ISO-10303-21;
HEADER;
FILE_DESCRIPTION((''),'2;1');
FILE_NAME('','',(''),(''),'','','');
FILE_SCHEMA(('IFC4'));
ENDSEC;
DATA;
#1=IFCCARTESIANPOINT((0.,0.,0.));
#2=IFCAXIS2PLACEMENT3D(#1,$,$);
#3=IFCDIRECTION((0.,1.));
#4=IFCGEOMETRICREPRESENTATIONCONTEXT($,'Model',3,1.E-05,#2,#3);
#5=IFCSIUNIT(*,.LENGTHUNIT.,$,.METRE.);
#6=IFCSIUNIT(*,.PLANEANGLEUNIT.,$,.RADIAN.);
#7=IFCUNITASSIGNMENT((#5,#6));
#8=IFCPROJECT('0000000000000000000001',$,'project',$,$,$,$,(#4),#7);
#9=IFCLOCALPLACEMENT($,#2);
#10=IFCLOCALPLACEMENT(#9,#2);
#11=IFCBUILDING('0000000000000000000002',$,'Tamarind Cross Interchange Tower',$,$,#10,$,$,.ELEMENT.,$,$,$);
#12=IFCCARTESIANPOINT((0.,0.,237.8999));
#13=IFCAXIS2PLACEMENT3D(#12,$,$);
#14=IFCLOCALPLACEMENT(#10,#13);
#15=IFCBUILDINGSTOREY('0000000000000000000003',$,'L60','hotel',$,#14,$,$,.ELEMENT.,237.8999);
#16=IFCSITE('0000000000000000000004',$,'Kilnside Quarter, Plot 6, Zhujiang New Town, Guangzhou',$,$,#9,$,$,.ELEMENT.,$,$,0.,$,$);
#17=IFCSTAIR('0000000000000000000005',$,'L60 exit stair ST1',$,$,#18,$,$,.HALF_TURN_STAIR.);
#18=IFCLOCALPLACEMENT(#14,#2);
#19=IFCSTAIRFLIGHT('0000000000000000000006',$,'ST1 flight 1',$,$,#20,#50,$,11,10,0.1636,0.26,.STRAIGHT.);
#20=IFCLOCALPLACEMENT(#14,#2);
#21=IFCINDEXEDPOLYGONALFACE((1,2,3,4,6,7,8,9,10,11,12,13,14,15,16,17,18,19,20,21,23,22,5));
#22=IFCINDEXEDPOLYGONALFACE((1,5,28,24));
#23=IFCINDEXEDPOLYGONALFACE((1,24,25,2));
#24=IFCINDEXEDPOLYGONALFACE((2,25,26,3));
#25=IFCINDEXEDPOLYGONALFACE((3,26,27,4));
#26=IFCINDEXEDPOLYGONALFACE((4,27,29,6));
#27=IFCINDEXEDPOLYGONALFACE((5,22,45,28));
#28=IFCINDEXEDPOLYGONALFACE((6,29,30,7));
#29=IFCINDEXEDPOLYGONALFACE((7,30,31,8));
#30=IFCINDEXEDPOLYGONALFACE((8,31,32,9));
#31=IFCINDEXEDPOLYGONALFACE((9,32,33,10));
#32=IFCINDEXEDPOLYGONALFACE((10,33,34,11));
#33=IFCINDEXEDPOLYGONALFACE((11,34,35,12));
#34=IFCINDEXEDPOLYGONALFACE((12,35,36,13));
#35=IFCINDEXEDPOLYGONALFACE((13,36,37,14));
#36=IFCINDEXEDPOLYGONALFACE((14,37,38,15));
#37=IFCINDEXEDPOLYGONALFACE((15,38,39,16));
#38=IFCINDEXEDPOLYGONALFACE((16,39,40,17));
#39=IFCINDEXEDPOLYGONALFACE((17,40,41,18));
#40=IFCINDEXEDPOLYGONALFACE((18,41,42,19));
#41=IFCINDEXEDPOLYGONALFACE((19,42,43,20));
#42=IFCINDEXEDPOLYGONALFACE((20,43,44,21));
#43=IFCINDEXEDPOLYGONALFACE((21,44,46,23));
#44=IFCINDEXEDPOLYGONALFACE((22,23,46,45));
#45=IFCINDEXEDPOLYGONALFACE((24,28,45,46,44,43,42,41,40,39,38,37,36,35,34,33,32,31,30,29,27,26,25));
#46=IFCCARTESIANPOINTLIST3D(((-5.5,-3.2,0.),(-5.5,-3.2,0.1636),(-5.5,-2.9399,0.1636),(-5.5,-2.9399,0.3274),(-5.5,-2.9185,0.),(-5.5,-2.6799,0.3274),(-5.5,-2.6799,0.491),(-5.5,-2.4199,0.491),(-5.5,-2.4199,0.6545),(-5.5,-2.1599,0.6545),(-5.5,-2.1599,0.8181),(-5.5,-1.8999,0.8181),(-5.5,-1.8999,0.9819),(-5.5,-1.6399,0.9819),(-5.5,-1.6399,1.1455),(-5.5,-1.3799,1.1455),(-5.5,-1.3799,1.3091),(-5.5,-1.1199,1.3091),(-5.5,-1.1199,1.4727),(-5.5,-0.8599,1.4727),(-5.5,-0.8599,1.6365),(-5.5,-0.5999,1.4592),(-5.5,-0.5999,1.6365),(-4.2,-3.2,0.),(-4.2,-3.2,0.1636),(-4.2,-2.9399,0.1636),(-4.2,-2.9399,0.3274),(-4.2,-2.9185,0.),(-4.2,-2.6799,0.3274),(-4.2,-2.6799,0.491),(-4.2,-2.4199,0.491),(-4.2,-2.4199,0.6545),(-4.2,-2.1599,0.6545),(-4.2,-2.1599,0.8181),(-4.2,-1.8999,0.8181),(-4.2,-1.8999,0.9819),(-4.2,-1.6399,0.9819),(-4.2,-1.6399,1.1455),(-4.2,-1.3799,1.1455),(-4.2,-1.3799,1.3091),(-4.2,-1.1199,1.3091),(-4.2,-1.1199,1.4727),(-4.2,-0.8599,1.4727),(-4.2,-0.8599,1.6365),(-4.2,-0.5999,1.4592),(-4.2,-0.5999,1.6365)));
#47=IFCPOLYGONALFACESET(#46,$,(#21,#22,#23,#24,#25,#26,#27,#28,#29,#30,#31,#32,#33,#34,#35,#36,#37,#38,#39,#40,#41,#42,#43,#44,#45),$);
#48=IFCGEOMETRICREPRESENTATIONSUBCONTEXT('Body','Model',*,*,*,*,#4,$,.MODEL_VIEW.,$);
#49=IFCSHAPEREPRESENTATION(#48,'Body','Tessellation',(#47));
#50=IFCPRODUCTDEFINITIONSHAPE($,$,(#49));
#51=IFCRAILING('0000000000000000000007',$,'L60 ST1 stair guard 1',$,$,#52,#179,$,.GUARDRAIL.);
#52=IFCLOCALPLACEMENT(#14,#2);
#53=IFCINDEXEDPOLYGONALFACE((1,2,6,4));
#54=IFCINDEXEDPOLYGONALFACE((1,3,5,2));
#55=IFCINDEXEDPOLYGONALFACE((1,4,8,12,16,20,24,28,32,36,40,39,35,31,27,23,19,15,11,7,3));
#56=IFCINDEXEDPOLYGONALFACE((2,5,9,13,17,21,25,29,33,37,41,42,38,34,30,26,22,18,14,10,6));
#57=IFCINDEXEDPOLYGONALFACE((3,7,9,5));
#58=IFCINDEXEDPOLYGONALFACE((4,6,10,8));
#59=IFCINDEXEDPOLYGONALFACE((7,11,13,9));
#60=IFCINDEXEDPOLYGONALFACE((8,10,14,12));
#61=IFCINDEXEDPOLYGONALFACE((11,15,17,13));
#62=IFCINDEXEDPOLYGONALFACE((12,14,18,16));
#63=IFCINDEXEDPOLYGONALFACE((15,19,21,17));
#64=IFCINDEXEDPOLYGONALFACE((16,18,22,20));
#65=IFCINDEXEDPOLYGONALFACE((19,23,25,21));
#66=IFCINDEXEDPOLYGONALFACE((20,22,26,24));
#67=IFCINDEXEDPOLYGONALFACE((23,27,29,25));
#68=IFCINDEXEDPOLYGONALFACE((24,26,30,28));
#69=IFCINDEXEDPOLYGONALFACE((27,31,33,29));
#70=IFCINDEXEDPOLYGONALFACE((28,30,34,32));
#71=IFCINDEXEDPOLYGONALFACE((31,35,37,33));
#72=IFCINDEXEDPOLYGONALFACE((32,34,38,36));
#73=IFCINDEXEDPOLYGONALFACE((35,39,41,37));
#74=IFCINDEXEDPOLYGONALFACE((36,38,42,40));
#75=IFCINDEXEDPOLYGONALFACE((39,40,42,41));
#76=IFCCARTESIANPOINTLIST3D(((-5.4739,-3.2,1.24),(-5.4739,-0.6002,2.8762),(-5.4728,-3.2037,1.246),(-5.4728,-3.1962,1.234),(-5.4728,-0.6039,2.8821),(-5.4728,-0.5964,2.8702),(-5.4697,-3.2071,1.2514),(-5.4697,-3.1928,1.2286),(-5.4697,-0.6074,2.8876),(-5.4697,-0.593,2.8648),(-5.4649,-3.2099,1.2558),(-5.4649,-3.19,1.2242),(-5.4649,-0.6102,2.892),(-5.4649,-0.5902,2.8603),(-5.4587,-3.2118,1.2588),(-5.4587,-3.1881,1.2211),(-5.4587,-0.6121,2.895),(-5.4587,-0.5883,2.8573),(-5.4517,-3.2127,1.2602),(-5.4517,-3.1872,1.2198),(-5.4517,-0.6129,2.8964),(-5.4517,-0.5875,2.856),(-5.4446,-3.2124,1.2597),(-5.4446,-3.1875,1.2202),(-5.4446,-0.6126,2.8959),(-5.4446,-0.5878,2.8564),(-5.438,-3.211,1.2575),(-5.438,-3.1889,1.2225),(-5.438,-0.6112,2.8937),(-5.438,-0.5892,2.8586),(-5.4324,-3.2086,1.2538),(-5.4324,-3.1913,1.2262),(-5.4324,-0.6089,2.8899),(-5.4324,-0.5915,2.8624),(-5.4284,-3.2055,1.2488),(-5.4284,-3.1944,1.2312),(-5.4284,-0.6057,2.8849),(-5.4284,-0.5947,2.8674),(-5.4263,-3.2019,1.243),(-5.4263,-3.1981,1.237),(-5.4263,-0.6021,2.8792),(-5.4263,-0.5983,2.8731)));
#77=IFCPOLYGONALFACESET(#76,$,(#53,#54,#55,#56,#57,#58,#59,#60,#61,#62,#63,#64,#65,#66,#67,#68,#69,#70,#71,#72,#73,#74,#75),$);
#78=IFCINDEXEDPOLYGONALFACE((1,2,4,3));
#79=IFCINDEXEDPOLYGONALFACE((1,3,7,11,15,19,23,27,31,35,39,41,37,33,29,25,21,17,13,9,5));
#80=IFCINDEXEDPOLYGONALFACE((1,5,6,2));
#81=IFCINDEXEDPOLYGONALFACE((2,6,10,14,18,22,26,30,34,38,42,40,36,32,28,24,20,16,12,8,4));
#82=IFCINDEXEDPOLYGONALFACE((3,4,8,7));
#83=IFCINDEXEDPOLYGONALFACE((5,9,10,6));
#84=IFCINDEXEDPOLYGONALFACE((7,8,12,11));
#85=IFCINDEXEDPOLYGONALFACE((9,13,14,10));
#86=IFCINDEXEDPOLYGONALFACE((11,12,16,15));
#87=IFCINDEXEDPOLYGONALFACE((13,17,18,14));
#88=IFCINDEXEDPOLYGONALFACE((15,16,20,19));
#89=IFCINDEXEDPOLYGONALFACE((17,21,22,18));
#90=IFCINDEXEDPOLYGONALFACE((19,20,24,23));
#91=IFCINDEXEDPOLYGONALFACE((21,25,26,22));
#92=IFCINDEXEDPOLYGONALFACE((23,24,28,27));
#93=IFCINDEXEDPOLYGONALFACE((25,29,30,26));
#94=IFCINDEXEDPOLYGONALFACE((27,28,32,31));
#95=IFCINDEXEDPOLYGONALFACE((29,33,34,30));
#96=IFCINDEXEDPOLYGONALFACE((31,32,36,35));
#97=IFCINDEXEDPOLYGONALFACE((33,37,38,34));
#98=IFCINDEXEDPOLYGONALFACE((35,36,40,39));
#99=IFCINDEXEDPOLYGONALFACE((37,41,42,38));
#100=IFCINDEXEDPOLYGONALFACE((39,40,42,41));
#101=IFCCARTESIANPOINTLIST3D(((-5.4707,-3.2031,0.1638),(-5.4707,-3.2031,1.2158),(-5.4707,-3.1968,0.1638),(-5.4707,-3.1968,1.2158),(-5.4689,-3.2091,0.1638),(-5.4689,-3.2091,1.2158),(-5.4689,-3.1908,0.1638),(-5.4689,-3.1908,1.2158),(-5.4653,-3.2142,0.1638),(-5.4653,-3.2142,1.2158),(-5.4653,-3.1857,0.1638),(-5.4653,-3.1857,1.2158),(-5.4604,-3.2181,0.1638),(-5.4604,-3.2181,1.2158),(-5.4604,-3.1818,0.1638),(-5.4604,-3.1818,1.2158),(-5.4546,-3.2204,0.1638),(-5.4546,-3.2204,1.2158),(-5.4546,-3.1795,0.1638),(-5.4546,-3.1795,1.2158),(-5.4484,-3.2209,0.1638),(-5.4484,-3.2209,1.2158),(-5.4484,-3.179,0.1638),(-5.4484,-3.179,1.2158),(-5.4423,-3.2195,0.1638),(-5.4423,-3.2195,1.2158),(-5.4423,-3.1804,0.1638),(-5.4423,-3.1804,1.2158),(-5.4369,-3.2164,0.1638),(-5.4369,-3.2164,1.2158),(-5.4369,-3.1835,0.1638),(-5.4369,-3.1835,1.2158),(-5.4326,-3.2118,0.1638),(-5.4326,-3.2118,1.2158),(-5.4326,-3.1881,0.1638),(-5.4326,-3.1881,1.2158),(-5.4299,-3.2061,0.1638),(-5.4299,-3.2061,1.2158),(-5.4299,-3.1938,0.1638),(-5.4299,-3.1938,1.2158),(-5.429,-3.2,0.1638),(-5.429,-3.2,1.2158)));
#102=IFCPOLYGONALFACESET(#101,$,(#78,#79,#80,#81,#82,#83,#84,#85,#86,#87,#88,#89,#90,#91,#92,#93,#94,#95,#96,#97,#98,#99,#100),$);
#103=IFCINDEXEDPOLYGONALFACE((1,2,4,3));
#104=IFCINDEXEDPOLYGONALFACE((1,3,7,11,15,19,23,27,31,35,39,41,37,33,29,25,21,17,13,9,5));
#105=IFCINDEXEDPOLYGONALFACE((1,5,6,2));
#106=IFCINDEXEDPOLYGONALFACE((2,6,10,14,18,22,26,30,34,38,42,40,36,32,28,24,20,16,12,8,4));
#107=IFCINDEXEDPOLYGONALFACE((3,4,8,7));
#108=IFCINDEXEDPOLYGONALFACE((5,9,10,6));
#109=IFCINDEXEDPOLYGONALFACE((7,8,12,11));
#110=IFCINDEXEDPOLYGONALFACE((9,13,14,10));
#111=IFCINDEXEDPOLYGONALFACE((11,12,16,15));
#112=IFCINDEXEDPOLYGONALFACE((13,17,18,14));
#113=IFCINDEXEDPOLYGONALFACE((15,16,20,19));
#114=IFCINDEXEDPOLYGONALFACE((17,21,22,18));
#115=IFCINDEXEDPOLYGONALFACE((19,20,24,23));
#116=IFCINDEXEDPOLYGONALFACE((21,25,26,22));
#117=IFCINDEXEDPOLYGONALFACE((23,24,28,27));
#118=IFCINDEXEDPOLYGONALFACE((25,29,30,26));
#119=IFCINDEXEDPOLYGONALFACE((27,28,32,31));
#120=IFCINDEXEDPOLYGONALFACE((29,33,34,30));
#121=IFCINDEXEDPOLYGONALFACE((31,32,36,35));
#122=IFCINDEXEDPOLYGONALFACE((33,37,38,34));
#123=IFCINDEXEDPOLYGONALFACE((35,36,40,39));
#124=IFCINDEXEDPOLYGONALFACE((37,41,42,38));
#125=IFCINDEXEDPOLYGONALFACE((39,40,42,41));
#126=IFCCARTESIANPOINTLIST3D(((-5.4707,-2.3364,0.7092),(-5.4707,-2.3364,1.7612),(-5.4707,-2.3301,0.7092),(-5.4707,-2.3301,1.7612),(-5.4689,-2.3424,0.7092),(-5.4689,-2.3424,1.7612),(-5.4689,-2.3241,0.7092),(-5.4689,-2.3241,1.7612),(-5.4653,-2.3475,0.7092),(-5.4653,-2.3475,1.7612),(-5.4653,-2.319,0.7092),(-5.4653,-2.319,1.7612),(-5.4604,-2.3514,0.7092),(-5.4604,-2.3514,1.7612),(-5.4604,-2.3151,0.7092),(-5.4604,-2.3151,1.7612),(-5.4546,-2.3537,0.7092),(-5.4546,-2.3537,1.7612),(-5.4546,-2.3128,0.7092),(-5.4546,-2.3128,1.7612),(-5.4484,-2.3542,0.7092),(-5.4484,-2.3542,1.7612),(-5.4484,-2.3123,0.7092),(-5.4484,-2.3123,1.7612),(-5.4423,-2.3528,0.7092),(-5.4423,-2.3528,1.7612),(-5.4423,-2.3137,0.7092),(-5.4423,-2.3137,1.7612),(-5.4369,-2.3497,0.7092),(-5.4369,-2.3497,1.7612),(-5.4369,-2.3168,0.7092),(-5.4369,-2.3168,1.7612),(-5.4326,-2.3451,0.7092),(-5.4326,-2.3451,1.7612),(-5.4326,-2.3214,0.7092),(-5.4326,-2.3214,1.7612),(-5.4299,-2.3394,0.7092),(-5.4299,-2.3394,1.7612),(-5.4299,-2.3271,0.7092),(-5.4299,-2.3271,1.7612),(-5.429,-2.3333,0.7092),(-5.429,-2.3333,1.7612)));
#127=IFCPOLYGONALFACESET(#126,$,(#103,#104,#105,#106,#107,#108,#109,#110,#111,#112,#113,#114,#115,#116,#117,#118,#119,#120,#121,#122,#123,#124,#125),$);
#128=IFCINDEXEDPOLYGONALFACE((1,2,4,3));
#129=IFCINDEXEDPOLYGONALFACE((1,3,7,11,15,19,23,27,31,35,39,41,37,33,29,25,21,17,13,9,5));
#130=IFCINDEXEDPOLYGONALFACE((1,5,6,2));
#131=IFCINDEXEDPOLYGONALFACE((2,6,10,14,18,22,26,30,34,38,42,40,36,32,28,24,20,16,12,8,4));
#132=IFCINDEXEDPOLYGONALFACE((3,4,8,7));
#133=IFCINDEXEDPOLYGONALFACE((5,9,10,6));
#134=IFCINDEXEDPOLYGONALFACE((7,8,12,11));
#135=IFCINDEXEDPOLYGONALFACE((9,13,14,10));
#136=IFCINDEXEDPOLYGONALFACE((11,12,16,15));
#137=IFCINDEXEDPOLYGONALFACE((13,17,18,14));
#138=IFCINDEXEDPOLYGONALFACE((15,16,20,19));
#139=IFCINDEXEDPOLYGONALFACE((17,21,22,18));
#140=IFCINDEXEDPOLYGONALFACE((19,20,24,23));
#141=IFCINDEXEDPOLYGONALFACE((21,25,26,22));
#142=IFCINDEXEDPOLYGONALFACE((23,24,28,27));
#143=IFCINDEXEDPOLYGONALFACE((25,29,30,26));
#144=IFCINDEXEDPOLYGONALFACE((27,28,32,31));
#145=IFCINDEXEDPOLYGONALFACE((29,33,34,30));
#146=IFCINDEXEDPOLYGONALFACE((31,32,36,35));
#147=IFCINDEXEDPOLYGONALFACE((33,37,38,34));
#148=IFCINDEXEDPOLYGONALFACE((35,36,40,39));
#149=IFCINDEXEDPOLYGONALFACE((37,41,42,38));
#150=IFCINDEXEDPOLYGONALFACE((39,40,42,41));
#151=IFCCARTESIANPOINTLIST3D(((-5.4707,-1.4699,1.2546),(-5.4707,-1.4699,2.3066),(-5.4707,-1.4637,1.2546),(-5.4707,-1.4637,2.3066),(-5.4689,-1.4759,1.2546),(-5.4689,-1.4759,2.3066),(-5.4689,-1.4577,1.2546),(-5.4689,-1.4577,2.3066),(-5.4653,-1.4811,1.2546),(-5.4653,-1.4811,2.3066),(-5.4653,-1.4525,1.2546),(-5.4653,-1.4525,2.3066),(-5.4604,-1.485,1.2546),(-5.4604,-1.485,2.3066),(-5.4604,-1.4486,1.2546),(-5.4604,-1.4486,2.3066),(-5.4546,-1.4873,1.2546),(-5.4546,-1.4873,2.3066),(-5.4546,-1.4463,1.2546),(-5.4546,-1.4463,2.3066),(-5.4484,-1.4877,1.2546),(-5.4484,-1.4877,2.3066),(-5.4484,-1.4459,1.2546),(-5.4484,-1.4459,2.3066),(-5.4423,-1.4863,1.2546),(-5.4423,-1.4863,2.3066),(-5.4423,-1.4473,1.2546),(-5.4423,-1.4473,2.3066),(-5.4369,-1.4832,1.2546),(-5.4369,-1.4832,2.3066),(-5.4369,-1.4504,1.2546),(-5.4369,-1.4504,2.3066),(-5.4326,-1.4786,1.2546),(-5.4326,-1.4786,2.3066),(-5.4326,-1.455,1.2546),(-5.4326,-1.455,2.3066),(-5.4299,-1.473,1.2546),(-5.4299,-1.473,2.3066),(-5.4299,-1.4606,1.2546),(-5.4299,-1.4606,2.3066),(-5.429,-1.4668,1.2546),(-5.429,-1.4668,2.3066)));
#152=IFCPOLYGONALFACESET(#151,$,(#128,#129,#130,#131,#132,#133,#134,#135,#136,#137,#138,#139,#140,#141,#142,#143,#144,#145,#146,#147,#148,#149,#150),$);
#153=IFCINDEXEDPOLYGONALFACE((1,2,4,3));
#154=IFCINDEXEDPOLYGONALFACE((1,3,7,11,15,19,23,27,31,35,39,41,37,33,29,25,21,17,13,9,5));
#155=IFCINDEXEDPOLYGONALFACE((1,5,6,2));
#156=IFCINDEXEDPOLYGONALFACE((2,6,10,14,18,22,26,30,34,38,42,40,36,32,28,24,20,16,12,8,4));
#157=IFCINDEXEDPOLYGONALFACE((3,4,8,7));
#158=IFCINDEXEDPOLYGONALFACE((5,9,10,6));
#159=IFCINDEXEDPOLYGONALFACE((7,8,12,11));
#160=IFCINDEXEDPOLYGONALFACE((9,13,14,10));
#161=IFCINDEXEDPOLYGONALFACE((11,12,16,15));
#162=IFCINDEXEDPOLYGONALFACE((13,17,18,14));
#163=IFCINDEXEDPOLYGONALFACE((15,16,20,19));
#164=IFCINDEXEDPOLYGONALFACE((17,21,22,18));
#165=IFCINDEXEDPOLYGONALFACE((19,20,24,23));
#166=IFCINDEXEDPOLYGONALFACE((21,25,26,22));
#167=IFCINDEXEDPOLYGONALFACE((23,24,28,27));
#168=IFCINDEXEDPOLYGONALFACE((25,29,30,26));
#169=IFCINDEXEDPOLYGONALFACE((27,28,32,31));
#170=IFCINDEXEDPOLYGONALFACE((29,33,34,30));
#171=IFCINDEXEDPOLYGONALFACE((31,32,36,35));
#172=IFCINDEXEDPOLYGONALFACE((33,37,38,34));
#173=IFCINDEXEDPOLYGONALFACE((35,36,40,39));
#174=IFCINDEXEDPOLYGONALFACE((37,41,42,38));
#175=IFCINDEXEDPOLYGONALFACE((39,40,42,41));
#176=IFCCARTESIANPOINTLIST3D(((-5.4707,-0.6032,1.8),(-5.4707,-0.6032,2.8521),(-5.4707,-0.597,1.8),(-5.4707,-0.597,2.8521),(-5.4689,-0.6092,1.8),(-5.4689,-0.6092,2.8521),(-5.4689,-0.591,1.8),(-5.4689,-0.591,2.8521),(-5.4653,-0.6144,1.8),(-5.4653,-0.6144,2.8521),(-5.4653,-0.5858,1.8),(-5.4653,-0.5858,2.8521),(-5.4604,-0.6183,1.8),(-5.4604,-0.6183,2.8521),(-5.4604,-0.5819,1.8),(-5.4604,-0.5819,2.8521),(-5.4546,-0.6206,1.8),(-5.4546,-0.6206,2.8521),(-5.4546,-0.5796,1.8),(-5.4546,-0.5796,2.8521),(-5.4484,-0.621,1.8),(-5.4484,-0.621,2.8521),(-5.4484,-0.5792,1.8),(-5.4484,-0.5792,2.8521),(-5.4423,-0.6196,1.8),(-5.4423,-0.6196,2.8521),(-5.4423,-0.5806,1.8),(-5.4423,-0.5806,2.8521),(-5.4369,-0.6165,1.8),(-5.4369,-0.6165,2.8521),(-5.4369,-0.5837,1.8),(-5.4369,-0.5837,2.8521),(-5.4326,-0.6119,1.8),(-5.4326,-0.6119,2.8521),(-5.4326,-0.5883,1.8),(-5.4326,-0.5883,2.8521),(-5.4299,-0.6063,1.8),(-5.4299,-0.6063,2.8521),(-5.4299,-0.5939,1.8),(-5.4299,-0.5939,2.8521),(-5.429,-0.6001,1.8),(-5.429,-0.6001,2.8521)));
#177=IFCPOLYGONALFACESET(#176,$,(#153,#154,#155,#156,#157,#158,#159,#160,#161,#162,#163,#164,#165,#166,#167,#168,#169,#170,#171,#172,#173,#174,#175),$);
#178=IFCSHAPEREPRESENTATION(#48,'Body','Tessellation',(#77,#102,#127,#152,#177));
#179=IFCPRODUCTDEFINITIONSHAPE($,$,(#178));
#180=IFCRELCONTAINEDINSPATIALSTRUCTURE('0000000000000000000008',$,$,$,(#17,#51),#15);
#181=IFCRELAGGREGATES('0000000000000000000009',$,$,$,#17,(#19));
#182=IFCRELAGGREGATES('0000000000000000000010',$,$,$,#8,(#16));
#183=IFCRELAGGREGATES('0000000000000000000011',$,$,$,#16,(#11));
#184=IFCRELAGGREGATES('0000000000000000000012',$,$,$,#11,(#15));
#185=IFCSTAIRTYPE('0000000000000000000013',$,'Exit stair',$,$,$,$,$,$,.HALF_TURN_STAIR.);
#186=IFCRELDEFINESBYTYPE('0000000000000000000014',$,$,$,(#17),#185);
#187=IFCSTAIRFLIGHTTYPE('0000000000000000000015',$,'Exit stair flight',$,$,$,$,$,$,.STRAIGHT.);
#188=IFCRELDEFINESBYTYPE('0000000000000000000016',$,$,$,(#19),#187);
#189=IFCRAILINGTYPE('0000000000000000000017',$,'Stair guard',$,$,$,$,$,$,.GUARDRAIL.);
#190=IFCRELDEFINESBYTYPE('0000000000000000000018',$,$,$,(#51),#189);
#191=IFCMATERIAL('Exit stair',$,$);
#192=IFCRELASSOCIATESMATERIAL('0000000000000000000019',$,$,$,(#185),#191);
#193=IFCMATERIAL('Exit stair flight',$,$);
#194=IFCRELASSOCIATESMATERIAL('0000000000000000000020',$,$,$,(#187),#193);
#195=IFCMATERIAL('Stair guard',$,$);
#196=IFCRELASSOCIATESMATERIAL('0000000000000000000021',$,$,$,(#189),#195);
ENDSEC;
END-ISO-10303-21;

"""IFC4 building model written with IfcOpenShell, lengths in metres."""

from ifc_helpers import new_model, si_unit, direction, frame, origin, origin_2d, place, context, subcontext, project, spatial, polyline, circle, outline, extrude, material, type_object, element, aggregate, save


model = new_model("IFC4")

# Units and contexts
model_context = context("Model", 3, precision=1e-05, world=origin(), true_north=direction((0.0, 1.0)))
body_context = subcontext(model_context, "Body", "Model", "MODEL_VIEW")
ifc_project = project(units=[si_unit("LENGTHUNIT", "METRE"), si_unit("PLANEANGLEUNIT", "RADIAN")], contexts=[model_context])

# Site, building, storey
site_placement = place(None, origin())
site = spatial("IfcSite", under=ifc_project, at=site_placement, Name="Kilnside Quarter, Plot 6, Zhujiang New Town, Guangzhou", CompositionType="ELEMENT", RefElevation=0.0)
building_placement = place(site_placement, origin())
building = spatial("IfcBuilding", under=site, at=building_placement, Name="Tamarind Cross Interchange Tower", CompositionType="ELEMENT")
storey_placement = place(building_placement, frame((0.0, 0.0, 237.8999)))
storey = spatial("IfcBuildingStorey", under=building, at=storey_placement, Name="L60", Description="hotel", CompositionType="ELEMENT", Elevation=237.8999)

# Stair, stair flight
ifc_material_1 = material(Name="Exit stair")
stair_type = type_object("IfcStairType", Name="Exit stair", PredefinedType="HALF_TURN_STAIR", material=ifc_material_1)
stair_placement = place(storey_placement, origin())
stair = element("IfcStair", 1, at=stair_placement, inside=storey, type_object=stair_type, Name="L60 exit stair ST1", PredefinedType="HALF_TURN_STAIR")
ifc_material_2 = material(Name="Exit stair flight")
stair_flight_type = type_object("IfcStairFlightType", Name="Exit stair flight", PredefinedType="STRAIGHT", material=ifc_material_2)
stair_flight_placement = place(storey_placement, frame((-4.8501, -3.2, 0.0), z_axis=(0.0, 0.0, 1.0), x_axis=(0.0, 1.0, 0.0)))
stair_flight = element("IfcStairFlight", 2, at=stair_flight_placement, type_object=stair_flight_type, Name="ST1 flight 1", NumberOfRisers=11, NumberOfTreads=10, PredefinedType="STRAIGHT", RiserHeight=0.1636, TreadLength=0.26, context=body_context, shape_type="SweptSolid", body=[
    extrude(outline(polyline([(0.0, 0.0), (0.0, 0.1636), (0.26, 0.1636), (0.26, 0.3274), (0.52, 0.3274), (0.52, 0.491), (0.78, 0.491), (0.78, 0.6545), (1.04, 0.6545), (1.04, 0.8181), (1.3, 0.8181), (1.3, 0.9819), (1.5601, 0.9819), (1.5601, 1.1455), (1.8201, 1.1455), (1.8201, 1.3091), (2.0801, 1.3091), (2.0801, 1.4727), (2.3401, 1.4727), (2.3401, 1.6365), (2.6001, 1.6365), (2.6001, 1.8), (2.6001, 1.4592), (0.2815, 0.0), (0.0, 0.0)])), frame((0.0, 0.6499, 0.0), z_axis=(0.0, -1.0, 0.0), x_axis=(1.0, 0.0, 0.0)), (0.0, 0.0, 1.0), 1.3),
])
aggregate(stair, [stair_flight])

# Railing
ifc_material_3 = material(Name="Stair guard")
railing_type_1 = type_object("IfcRailingType", Name="Stair guard", PredefinedType="GUARDRAIL", material=ifc_material_3)
railing_1_placement = place(storey_placement, frame((-5.45, -3.2, 0.1638)))
element("IfcRailing", 3, at=railing_1_placement, inside=storey, type_object=railing_type_1, Name="L60 ST1 stair guard 1", PredefinedType="GUARDRAIL", context=body_context, shape_type="SweptSolid", body=[
    extrude(circle(Radius=0.0239, at=origin_2d()), frame((0.0, 0.0, 1.0762), z_axis=(0.0, 0.846338, 0.532647), x_axis=(-1.0, 0.0, 0.0)), (0.0, 0.0, 1.0), 3.0718),
    extrude(circle(Radius=0.021, at=origin_2d()), origin(), (0.0, 0.0, 1.0), 1.052),
    extrude(circle(Radius=0.021, at=origin_2d()), frame((0.0, 0.8667, 0.5454)), (0.0, 0.0, 1.0), 1.052),
    extrude(circle(Radius=0.021, at=origin_2d()), frame((0.0, 1.7332, 1.0908)), (0.0, 0.0, 1.0), 1.052),
    extrude(circle(Radius=0.021, at=origin_2d()), frame((0.0, 2.5999, 1.6362)), (0.0, 0.0, 1.0), 1.052),
])

save(model, "model.ifc")
